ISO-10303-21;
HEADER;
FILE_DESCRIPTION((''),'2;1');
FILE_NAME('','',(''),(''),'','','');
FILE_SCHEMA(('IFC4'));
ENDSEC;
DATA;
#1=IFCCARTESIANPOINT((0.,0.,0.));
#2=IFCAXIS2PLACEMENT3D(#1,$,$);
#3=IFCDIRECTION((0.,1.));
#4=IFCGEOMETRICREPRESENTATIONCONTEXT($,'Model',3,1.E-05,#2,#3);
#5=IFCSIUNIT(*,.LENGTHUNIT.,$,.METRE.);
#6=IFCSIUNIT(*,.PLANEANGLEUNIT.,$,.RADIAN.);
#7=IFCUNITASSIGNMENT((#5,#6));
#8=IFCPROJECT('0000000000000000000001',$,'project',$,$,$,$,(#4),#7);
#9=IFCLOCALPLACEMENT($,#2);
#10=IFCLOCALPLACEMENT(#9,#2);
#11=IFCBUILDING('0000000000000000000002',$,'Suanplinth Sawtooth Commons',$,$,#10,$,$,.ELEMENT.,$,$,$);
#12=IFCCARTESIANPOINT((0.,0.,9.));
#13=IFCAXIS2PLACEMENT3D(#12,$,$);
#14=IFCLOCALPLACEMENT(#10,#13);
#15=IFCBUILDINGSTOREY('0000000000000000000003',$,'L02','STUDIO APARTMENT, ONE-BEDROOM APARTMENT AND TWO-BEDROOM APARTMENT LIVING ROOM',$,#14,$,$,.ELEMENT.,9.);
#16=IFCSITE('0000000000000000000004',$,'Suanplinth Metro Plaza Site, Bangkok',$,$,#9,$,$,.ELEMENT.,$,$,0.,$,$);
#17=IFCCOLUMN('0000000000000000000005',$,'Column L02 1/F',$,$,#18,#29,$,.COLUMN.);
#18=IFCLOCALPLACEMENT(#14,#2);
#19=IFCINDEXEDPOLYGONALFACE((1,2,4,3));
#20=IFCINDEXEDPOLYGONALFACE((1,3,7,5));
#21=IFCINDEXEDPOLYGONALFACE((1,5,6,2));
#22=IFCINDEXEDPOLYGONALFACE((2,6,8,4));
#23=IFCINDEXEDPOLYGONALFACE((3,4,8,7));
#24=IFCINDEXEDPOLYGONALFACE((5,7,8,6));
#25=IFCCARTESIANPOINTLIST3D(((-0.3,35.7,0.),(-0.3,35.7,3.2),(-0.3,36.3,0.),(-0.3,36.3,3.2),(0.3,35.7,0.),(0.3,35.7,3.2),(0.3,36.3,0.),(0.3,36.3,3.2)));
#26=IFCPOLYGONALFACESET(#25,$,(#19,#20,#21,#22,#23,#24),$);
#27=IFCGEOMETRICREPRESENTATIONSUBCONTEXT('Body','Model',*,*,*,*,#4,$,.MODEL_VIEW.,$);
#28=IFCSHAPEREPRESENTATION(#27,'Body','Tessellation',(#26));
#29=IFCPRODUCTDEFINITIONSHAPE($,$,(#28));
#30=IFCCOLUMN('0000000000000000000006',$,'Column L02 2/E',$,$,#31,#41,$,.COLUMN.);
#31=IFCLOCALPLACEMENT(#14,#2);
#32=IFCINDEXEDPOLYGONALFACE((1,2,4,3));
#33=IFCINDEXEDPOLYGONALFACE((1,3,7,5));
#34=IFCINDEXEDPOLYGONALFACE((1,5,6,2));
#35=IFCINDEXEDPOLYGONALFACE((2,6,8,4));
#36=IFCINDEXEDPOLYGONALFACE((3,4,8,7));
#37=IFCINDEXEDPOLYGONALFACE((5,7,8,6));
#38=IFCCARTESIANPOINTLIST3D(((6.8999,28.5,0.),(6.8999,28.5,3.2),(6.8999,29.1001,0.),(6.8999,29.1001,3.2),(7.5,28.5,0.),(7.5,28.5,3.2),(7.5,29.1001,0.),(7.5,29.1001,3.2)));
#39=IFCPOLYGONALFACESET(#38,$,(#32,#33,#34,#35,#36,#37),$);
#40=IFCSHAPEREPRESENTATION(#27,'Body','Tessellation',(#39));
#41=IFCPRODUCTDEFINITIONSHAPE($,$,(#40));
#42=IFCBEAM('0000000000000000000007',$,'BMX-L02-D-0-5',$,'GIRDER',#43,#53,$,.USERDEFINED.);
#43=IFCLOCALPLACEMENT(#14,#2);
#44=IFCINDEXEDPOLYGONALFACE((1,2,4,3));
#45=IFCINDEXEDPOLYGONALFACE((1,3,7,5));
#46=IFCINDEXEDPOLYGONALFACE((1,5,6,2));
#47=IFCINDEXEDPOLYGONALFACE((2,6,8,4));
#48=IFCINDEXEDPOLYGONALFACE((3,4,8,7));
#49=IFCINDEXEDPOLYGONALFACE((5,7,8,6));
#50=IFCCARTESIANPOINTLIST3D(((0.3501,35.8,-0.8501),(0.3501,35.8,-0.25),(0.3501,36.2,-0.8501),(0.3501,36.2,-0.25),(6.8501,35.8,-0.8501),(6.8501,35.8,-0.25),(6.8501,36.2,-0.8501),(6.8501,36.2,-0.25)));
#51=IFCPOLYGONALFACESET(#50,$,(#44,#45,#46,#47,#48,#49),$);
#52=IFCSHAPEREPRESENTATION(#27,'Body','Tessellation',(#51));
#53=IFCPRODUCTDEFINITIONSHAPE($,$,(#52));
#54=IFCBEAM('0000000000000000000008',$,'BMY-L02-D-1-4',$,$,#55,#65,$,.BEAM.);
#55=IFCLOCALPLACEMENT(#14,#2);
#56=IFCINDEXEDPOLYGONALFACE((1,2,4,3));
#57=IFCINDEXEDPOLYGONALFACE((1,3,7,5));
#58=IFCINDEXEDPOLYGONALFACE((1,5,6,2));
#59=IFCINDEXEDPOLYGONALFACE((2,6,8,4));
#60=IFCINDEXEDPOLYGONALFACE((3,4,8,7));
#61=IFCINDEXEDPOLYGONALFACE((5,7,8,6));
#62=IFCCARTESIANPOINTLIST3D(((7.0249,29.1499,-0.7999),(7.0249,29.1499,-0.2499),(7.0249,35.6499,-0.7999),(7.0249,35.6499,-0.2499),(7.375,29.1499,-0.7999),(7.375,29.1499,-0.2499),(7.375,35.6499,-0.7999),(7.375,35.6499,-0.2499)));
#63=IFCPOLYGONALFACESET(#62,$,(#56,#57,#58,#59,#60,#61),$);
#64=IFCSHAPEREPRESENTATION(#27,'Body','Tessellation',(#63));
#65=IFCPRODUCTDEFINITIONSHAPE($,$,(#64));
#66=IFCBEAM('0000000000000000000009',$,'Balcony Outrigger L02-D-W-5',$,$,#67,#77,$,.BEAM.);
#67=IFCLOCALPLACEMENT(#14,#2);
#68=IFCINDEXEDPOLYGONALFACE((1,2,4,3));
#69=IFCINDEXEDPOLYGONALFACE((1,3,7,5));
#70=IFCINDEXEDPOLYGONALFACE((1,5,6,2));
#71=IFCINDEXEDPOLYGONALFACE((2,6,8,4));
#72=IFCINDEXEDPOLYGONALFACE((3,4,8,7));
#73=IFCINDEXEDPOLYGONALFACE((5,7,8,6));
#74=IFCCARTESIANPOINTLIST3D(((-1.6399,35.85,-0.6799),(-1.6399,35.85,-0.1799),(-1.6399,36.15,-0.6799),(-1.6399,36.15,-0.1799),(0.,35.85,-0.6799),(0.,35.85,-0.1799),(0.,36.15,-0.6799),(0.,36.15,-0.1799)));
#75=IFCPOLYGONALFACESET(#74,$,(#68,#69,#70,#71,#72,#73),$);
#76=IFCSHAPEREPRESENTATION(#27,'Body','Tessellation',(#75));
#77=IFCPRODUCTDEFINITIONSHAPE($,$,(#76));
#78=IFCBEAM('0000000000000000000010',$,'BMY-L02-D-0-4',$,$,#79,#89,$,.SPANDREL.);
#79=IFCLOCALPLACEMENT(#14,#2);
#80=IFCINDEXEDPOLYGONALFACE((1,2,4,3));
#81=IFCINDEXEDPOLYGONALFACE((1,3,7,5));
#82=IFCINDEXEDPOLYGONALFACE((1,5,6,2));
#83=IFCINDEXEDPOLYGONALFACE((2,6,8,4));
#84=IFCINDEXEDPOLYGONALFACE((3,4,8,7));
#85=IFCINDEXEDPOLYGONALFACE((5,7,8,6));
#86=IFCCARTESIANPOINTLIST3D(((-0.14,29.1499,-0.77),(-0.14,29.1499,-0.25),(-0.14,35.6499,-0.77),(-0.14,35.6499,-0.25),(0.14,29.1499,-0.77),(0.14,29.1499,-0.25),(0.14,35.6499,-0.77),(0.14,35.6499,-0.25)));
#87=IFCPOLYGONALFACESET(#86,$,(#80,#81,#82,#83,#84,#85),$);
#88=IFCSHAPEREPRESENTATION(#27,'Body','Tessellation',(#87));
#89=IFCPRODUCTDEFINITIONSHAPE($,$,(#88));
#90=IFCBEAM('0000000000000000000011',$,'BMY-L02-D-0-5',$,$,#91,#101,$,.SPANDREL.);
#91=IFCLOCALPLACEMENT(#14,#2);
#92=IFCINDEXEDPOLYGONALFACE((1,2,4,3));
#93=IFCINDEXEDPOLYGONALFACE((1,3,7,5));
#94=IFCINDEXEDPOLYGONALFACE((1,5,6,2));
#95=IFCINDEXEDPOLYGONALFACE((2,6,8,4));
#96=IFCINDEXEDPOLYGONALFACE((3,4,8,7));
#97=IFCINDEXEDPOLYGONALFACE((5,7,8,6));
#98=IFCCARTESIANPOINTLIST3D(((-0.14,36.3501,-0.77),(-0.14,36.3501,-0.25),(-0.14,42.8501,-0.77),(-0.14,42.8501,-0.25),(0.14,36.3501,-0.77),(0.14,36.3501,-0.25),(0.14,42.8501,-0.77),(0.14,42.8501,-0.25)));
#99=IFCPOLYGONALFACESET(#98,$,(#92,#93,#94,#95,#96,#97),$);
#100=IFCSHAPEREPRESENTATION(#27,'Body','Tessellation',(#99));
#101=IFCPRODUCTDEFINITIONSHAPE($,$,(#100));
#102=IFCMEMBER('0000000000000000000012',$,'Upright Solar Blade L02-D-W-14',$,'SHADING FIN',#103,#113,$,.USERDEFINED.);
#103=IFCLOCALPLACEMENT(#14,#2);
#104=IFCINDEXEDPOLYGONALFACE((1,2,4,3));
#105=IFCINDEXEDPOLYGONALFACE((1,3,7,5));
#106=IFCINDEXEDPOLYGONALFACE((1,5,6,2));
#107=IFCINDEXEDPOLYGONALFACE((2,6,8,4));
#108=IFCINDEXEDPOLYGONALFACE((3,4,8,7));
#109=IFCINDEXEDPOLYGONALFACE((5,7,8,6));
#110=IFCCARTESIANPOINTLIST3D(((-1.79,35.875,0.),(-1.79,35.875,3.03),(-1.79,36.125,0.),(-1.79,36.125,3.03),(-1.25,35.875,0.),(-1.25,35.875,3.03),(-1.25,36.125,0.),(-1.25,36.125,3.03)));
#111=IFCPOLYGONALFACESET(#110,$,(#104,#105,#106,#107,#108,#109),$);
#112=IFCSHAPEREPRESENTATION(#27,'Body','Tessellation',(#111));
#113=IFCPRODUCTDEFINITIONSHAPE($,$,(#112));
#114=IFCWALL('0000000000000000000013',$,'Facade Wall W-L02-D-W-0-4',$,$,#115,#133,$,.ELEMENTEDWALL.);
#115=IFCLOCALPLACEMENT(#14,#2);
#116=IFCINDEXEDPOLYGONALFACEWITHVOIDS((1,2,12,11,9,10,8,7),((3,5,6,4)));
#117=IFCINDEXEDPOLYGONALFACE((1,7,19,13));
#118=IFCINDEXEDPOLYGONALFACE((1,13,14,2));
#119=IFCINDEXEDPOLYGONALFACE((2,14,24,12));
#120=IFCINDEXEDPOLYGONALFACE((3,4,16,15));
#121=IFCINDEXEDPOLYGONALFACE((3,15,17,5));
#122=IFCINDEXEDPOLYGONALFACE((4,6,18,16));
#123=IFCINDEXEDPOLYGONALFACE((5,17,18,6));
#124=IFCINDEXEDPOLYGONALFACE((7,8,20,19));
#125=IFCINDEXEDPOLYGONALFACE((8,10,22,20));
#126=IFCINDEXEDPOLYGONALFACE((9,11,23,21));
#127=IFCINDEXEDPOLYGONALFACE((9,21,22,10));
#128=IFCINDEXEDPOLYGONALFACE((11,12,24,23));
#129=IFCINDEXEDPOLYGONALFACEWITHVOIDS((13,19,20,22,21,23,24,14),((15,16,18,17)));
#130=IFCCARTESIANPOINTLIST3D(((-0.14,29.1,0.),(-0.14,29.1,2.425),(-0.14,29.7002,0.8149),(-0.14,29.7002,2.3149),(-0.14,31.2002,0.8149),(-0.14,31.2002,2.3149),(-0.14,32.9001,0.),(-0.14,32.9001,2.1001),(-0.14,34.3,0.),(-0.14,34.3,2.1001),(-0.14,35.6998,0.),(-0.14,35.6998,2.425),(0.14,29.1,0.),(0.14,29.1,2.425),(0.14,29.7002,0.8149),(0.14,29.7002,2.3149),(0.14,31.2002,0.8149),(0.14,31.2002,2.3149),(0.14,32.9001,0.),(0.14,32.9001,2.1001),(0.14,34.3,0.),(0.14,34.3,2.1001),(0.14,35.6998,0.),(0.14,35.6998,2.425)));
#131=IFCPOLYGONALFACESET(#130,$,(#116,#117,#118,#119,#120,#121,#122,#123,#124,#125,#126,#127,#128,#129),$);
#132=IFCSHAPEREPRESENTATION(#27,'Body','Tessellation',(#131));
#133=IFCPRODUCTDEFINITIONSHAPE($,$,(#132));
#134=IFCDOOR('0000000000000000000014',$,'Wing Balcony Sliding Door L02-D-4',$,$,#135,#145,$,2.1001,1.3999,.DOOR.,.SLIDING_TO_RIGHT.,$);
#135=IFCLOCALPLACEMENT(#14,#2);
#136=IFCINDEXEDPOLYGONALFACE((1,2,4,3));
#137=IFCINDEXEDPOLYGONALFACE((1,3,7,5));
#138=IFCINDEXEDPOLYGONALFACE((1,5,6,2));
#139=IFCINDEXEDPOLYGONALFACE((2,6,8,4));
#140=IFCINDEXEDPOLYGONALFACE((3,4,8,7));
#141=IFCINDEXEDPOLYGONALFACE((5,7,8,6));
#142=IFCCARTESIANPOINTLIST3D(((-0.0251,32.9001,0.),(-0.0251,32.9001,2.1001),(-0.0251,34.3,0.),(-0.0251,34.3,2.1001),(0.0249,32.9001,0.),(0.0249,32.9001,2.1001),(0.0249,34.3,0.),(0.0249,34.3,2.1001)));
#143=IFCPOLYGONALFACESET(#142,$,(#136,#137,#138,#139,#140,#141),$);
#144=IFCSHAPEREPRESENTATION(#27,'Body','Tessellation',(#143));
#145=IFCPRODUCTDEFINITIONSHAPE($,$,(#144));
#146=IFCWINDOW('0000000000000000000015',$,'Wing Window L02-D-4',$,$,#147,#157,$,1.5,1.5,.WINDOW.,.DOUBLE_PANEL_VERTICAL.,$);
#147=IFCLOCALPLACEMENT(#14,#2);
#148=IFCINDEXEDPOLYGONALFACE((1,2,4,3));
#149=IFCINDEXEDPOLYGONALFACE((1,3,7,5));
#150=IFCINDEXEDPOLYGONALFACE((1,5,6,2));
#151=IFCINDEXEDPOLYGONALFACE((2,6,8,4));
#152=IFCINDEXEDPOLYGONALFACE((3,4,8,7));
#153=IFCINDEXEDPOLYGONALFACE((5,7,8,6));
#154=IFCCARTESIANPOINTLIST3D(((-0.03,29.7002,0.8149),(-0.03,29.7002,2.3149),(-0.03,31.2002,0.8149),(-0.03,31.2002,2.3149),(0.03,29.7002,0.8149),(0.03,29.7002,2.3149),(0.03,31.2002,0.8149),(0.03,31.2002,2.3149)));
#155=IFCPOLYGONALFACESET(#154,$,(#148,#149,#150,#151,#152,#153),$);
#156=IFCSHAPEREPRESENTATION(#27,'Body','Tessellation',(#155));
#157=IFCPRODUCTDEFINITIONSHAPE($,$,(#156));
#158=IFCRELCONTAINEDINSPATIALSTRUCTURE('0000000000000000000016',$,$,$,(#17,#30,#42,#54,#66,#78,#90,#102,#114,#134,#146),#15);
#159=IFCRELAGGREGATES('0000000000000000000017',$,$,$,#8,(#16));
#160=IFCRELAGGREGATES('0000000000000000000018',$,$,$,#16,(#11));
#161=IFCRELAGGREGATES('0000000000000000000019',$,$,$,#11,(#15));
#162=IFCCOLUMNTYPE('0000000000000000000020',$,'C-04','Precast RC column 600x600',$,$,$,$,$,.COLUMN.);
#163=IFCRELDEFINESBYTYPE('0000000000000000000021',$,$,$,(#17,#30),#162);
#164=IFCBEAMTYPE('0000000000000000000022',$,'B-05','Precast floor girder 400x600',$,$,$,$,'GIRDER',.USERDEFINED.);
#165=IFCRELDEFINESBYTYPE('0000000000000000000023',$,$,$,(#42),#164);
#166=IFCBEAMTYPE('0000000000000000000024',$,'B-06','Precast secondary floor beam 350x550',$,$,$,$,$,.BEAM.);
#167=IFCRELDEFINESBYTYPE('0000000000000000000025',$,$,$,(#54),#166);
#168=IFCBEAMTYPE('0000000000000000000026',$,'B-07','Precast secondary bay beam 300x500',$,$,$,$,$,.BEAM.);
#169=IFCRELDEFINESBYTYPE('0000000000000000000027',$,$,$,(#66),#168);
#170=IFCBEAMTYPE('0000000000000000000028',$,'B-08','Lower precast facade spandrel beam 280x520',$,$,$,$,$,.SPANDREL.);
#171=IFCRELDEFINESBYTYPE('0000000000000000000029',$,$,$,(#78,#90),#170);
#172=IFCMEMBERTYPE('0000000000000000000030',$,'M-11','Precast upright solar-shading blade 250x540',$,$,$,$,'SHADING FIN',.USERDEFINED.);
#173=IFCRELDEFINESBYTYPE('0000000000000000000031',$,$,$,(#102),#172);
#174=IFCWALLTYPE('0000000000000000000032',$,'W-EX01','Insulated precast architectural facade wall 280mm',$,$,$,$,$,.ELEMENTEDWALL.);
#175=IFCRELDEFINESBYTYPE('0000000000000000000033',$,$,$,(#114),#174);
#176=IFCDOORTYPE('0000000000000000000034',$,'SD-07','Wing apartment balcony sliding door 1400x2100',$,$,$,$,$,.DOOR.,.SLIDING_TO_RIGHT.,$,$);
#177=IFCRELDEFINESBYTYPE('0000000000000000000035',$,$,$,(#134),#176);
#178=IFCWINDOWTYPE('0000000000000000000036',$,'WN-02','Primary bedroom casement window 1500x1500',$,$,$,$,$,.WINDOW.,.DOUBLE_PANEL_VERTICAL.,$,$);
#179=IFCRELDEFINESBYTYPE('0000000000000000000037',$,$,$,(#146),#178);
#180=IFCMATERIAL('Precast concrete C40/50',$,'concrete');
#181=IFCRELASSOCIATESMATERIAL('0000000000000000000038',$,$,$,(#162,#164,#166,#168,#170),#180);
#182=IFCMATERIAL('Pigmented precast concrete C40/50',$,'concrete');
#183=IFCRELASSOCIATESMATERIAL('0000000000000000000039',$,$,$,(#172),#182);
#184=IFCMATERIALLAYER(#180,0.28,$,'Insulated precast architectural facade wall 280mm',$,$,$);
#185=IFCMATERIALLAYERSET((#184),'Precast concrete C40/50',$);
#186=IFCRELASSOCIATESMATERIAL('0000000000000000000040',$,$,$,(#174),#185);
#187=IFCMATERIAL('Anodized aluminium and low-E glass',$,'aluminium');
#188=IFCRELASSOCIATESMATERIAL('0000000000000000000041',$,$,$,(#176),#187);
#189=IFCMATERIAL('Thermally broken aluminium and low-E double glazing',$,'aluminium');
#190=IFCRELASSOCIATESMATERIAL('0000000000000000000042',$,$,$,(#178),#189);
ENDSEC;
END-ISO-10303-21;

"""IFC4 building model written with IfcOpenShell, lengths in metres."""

from ifc_helpers import new_model, si_unit, direction, frame, frame_2d, origin, origin_2d, place, context, subcontext, project, spatial, rectangle, extrude, material, layer, layer_set, material_profile, profile_set, type_object, element, fill, save


model = new_model("IFC4")

# Units and contexts
model_context = context("Model", 3, precision=1e-05, world=origin(), true_north=direction((0.0, 1.0)))
body_context = subcontext(model_context, "Body", "Model", "MODEL_VIEW")
ifc_project = project(units=[si_unit("LENGTHUNIT", "METRE"), si_unit("PLANEANGLEUNIT", "RADIAN")], contexts=[model_context])

# Site, building, storey
site_placement = place(None, origin())
site = spatial("IfcSite", under=ifc_project, at=site_placement, Name="Suanplinth Metro Plaza Site, Bangkok", CompositionType="ELEMENT", RefElevation=0.0)
building_placement = place(site_placement, origin())
building = spatial("IfcBuilding", under=site, at=building_placement, Name="Suanplinth Sawtooth Commons", CompositionType="ELEMENT")
storey_placement = place(building_placement, frame((0.0, 0.0, 9.0)))
storey = spatial("IfcBuildingStorey", under=building, at=storey_placement, Name="L02", Description="STUDIO APARTMENT, ONE-BEDROOM APARTMENT AND TWO-BEDROOM APARTMENT LIVING ROOM", CompositionType="ELEMENT", Elevation=9.0)

# Columns
ifc_material_1 = material(Name="Precast concrete C40/50", Category="concrete")
ifc_material_profile_1 = material_profile(ifc_material_1, rectangle(XDim=0.6001, YDim=0.6001, at=origin_2d()), Name="PC-COL 600x600")
ifc_profile_set_1 = profile_set([ifc_material_profile_1], Name="Precast concrete C40/50")
column_type = type_object("IfcColumnType", Name="C-04", Description="Precast RC column 600x600", PredefinedType="COLUMN", material=ifc_profile_set_1)
for number, where, z_axis, x_axis, name in (
    (1, (0.0, 36.0, 0.0), (0.0, 0.0, 1.0), (1.0, 0.0, 0.0), "Column L02 1/F"),
    (2, (7.2, 28.8, 0.0), (0.0, 0.0, 1.0), (1.0, 0.0, 0.0), "Column L02 2/E"),
):
    element("IfcColumn", number, at=place(storey_placement, frame(where, z_axis=z_axis, x_axis=x_axis)), inside=storey, type_object=column_type, Name=name, PredefinedType="COLUMN", context=body_context, shape_type="SweptSolid", body=[
        extrude(rectangle(XDim=0.6001, YDim=0.6001, at=origin_2d()), origin(), (0.0, 0.0, 1.0), 3.2),
    ])

# Beams
ifc_material_profile_2 = material_profile(ifc_material_1, rectangle(XDim=0.3999, YDim=0.6001, at=origin_2d()), Name="PC-GDR 400x600")
ifc_profile_set_2 = profile_set([ifc_material_profile_2], Name="Precast concrete C40/50")
beam_type_1 = type_object("IfcBeamType", Name="B-05", Description="Precast floor girder 400x600", ElementType="GIRDER", PredefinedType="USERDEFINED", material=ifc_profile_set_2)
beam_1_placement = place(storey_placement, frame((0.3501, 36.0, -0.55), z_axis=(1.0, 0.0, 0.0), x_axis=(0.0, 1.0, 0.0)))
element("IfcBeam", 3, at=beam_1_placement, inside=storey, type_object=beam_type_1, Name="BMX-L02-D-0-5", ObjectType="GIRDER", PredefinedType="USERDEFINED", context=body_context, shape_type="SweptSolid", body=[
    extrude(rectangle(XDim=0.3999, YDim=0.6001, at=origin_2d()), origin(), (0.0, 0.0, 1.0), 6.5),
])
ifc_material_profile_3 = material_profile(ifc_material_1, rectangle(XDim=0.3501, YDim=0.55, at=origin_2d()), Name="PC-BM 350x550")
ifc_profile_set_3 = profile_set([ifc_material_profile_3], Name="Precast concrete C40/50")
beam_type_2 = type_object("IfcBeamType", Name="B-06", Description="Precast secondary floor beam 350x550", PredefinedType="BEAM", material=ifc_profile_set_3)
beam_2_placement = place(storey_placement, frame((7.2, 29.1499, -0.5249), z_axis=(0.0, 1.0, 0.0), x_axis=(-1.0, 0.0, 0.0)))
element("IfcBeam", 4, at=beam_2_placement, inside=storey, type_object=beam_type_2, Name="BMY-L02-D-1-4", PredefinedType="BEAM", context=body_context, shape_type="SweptSolid", body=[
    extrude(rectangle(XDim=0.3501, YDim=0.55, at=origin_2d()), origin(), (0.0, 0.0, 1.0), 6.5),
])
ifc_material_profile_4 = material_profile(ifc_material_1, rectangle(XDim=0.3, YDim=0.5, at=origin_2d()), Name="PC-BM 300x500")
ifc_profile_set_4 = profile_set([ifc_material_profile_4], Name="Precast concrete C40/50")
beam_type_3 = type_object("IfcBeamType", Name="B-07", Description="Precast secondary bay beam 300x500", PredefinedType="BEAM", material=ifc_profile_set_4)
beam_3_placement = place(storey_placement, frame((0.0, 36.0, -0.4299), z_axis=(-1.0, 0.0, 0.0), x_axis=(0.0, -1.0, 0.0)))
element("IfcBeam", 5, at=beam_3_placement, inside=storey, type_object=beam_type_3, Name="Balcony Outrigger L02-D-W-5", PredefinedType="BEAM", context=body_context, shape_type="SweptSolid", body=[
    extrude(rectangle(XDim=0.3, YDim=0.5, at=origin_2d()), origin(), (0.0, 0.0, 1.0), 1.6399),
])
ifc_material_profile_5 = material_profile(ifc_material_1, rectangle(XDim=0.28, YDim=0.52, at=origin_2d()), Name="PC-SP 280x520")
ifc_profile_set_5 = profile_set([ifc_material_profile_5], Name="Precast concrete C40/50")
beam_type_4 = type_object("IfcBeamType", Name="B-08", Description="Lower precast facade spandrel beam 280x520", PredefinedType="SPANDREL", material=ifc_profile_set_5)
for number, where, z_axis, x_axis, name in (
    (6, (0.0, 29.1499, -0.51), (0.0, 1.0, 0.0), (-1.0, 0.0, 0.0), "BMY-L02-D-0-4"),
    (7, (0.0, 36.3501, -0.51), (0.0, 1.0, 0.0), (-1.0, 0.0, 0.0), "BMY-L02-D-0-5"),
):
    element("IfcBeam", number, at=place(storey_placement, frame(where, z_axis=z_axis, x_axis=x_axis)), inside=storey, type_object=beam_type_4, Name=name, PredefinedType="SPANDREL", context=body_context, shape_type="SweptSolid", body=[
        extrude(rectangle(XDim=0.28, YDim=0.52, at=origin_2d()), origin(), (0.0, 0.0, 1.0), 6.5),
    ])

# Member
ifc_material_2 = material(Name="Pigmented precast concrete C40/50", Category="concrete")
ifc_material_profile_6 = material_profile(ifc_material_2, rectangle(XDim=0.25, YDim=0.54, at=origin_2d()), Name="PC-FIN 250x540")
ifc_profile_set_6 = profile_set([ifc_material_profile_6], Name="Pigmented precast concrete C40/50")
member_type = type_object("IfcMemberType", Name="M-11", Description="Precast upright solar-shading blade 250x540", ElementType="SHADING FIN", PredefinedType="USERDEFINED", material=ifc_profile_set_6)
member_placement = place(storey_placement, frame((-1.52, 36.0, 0.0), z_axis=(0.0, 0.0, 1.0), x_axis=(0.0, 1.0, 0.0)))
element("IfcMember", 8, at=member_placement, inside=storey, type_object=member_type, Name="Upright Solar Blade L02-D-W-14", ObjectType="SHADING FIN", PredefinedType="USERDEFINED", context=body_context, shape_type="SweptSolid", body=[
    extrude(rectangle(XDim=0.25, YDim=0.54, at=origin_2d()), origin(), (0.0, 0.0, 1.0), 3.03),
])

# Wall, openings, door, window
ifc_layer_1 = layer(ifc_material_1, 0.28, Name="Insulated precast architectural facade wall 280mm")
ifc_layer_set_1 = layer_set([ifc_layer_1], Name="Precast concrete C40/50")
wall_type_1 = type_object("IfcWallType", Name="W-EX01", Description="Insulated precast architectural facade wall 280mm", PredefinedType="ELEMENTEDWALL", material=ifc_layer_set_1)
wall_1_placement = place(storey_placement, frame((0.0, 29.1001, 0.0), z_axis=(0.0, 0.0, 1.0), x_axis=(0.0, 1.0, 0.0)))
wall_1 = element("IfcWall", 9, at=wall_1_placement, inside=storey, type_object=wall_type_1, Name="Facade Wall W-L02-D-W-0-4", PredefinedType="ELEMENTEDWALL", context=body_context, shape_type="SweptSolid", body=[
    extrude(rectangle(XDim=6.5999, YDim=0.28, at=frame_2d((3.2998, 0.0))), origin(), (0.0, 0.0, 1.0), 2.425),
])
opening_1_placement = place(wall_1_placement, frame((3.8, 0.0, 0.0)))
opening_1 = element("IfcOpeningElement", 10, at=opening_1_placement, cuts=wall_1, PredefinedType="OPENING", context=body_context, shape_type="SweptSolid", body=[
    extrude(rectangle(XDim=1.3999, YDim=2.1001, at=frame_2d((0.7, 1.05))), frame((0.0, 0.1548, 0.0), z_axis=(0.0, -1.0, 0.0), x_axis=(1.0, 0.0, 0.0)), (0.0, 0.0, 1.0), 0.3098),
])
opening_2_placement = place(wall_1_placement, frame((0.6001, 0.0, 0.8149)))
opening_2 = element("IfcOpeningElement", 11, at=opening_2_placement, cuts=wall_1, PredefinedType="OPENING", context=body_context, shape_type="SweptSolid", body=[
    extrude(rectangle(XDim=1.5, YDim=1.5, at=frame_2d((0.75, 0.75))), frame((0.0, 0.1548, 0.0), z_axis=(0.0, -1.0, 0.0), x_axis=(1.0, 0.0, 0.0)), (0.0, 0.0, 1.0), 0.3098),
])
ifc_material_3 = material(Name="Anodized aluminium and low-E glass", Category="aluminium")
door_type_1 = type_object("IfcDoorType", Name="SD-07", Description="Wing apartment balcony sliding door 1400x2100", OperationType="SLIDING_TO_RIGHT", PredefinedType="DOOR", material=ifc_material_3)
door_1_placement = place(opening_1_placement, frame((1.3999, 0.0, 0.0), z_axis=(0.0, 0.0, 1.0), x_axis=(-1.0, 0.0, 0.0)))
door_1 = element("IfcDoor", 12, at=door_1_placement, inside=storey, type_object=door_type_1, Name="Wing Balcony Sliding Door L02-D-4", OperationType="SLIDING_TO_RIGHT", OverallHeight=2.1001, OverallWidth=1.3999, PredefinedType="DOOR", context=body_context, shape_type="SweptSolid", body=[
    extrude(rectangle(XDim=1.3999, YDim=2.1001, at=frame_2d((0.7, 1.05))), frame((0.0, 0.0249, 0.0), z_axis=(0.0, -1.0, 0.0), x_axis=(1.0, 0.0, 0.0)), (0.0, 0.0, 1.0), 0.05),
])
fill(opening_1, door_1)
ifc_material_4 = material(Name="Thermally broken aluminium and low-E double glazing", Category="aluminium")
window_type = type_object("IfcWindowType", Name="WN-02", Description="Primary bedroom casement window 1500x1500", PartitioningType="DOUBLE_PANEL_VERTICAL", PredefinedType="WINDOW", material=ifc_material_4)
window_1_placement = place(opening_2_placement, origin())
window_1 = element("IfcWindow", 13, at=window_1_placement, inside=storey, type_object=window_type, Name="Wing Window L02-D-4", OverallHeight=1.5, OverallWidth=1.5, PartitioningType="DOUBLE_PANEL_VERTICAL", PredefinedType="WINDOW", context=body_context, shape_type="SweptSolid", body=[
    extrude(rectangle(XDim=1.5, YDim=1.5, at=frame_2d((0.75, 0.75))), frame((0.0, 0.03, 0.0), z_axis=(0.0, -1.0, 0.0), x_axis=(1.0, 0.0, 0.0)), (0.0, 0.0, 1.0), 0.0601),
])
fill(opening_2, window_1)

save(model, "model.ifc")
